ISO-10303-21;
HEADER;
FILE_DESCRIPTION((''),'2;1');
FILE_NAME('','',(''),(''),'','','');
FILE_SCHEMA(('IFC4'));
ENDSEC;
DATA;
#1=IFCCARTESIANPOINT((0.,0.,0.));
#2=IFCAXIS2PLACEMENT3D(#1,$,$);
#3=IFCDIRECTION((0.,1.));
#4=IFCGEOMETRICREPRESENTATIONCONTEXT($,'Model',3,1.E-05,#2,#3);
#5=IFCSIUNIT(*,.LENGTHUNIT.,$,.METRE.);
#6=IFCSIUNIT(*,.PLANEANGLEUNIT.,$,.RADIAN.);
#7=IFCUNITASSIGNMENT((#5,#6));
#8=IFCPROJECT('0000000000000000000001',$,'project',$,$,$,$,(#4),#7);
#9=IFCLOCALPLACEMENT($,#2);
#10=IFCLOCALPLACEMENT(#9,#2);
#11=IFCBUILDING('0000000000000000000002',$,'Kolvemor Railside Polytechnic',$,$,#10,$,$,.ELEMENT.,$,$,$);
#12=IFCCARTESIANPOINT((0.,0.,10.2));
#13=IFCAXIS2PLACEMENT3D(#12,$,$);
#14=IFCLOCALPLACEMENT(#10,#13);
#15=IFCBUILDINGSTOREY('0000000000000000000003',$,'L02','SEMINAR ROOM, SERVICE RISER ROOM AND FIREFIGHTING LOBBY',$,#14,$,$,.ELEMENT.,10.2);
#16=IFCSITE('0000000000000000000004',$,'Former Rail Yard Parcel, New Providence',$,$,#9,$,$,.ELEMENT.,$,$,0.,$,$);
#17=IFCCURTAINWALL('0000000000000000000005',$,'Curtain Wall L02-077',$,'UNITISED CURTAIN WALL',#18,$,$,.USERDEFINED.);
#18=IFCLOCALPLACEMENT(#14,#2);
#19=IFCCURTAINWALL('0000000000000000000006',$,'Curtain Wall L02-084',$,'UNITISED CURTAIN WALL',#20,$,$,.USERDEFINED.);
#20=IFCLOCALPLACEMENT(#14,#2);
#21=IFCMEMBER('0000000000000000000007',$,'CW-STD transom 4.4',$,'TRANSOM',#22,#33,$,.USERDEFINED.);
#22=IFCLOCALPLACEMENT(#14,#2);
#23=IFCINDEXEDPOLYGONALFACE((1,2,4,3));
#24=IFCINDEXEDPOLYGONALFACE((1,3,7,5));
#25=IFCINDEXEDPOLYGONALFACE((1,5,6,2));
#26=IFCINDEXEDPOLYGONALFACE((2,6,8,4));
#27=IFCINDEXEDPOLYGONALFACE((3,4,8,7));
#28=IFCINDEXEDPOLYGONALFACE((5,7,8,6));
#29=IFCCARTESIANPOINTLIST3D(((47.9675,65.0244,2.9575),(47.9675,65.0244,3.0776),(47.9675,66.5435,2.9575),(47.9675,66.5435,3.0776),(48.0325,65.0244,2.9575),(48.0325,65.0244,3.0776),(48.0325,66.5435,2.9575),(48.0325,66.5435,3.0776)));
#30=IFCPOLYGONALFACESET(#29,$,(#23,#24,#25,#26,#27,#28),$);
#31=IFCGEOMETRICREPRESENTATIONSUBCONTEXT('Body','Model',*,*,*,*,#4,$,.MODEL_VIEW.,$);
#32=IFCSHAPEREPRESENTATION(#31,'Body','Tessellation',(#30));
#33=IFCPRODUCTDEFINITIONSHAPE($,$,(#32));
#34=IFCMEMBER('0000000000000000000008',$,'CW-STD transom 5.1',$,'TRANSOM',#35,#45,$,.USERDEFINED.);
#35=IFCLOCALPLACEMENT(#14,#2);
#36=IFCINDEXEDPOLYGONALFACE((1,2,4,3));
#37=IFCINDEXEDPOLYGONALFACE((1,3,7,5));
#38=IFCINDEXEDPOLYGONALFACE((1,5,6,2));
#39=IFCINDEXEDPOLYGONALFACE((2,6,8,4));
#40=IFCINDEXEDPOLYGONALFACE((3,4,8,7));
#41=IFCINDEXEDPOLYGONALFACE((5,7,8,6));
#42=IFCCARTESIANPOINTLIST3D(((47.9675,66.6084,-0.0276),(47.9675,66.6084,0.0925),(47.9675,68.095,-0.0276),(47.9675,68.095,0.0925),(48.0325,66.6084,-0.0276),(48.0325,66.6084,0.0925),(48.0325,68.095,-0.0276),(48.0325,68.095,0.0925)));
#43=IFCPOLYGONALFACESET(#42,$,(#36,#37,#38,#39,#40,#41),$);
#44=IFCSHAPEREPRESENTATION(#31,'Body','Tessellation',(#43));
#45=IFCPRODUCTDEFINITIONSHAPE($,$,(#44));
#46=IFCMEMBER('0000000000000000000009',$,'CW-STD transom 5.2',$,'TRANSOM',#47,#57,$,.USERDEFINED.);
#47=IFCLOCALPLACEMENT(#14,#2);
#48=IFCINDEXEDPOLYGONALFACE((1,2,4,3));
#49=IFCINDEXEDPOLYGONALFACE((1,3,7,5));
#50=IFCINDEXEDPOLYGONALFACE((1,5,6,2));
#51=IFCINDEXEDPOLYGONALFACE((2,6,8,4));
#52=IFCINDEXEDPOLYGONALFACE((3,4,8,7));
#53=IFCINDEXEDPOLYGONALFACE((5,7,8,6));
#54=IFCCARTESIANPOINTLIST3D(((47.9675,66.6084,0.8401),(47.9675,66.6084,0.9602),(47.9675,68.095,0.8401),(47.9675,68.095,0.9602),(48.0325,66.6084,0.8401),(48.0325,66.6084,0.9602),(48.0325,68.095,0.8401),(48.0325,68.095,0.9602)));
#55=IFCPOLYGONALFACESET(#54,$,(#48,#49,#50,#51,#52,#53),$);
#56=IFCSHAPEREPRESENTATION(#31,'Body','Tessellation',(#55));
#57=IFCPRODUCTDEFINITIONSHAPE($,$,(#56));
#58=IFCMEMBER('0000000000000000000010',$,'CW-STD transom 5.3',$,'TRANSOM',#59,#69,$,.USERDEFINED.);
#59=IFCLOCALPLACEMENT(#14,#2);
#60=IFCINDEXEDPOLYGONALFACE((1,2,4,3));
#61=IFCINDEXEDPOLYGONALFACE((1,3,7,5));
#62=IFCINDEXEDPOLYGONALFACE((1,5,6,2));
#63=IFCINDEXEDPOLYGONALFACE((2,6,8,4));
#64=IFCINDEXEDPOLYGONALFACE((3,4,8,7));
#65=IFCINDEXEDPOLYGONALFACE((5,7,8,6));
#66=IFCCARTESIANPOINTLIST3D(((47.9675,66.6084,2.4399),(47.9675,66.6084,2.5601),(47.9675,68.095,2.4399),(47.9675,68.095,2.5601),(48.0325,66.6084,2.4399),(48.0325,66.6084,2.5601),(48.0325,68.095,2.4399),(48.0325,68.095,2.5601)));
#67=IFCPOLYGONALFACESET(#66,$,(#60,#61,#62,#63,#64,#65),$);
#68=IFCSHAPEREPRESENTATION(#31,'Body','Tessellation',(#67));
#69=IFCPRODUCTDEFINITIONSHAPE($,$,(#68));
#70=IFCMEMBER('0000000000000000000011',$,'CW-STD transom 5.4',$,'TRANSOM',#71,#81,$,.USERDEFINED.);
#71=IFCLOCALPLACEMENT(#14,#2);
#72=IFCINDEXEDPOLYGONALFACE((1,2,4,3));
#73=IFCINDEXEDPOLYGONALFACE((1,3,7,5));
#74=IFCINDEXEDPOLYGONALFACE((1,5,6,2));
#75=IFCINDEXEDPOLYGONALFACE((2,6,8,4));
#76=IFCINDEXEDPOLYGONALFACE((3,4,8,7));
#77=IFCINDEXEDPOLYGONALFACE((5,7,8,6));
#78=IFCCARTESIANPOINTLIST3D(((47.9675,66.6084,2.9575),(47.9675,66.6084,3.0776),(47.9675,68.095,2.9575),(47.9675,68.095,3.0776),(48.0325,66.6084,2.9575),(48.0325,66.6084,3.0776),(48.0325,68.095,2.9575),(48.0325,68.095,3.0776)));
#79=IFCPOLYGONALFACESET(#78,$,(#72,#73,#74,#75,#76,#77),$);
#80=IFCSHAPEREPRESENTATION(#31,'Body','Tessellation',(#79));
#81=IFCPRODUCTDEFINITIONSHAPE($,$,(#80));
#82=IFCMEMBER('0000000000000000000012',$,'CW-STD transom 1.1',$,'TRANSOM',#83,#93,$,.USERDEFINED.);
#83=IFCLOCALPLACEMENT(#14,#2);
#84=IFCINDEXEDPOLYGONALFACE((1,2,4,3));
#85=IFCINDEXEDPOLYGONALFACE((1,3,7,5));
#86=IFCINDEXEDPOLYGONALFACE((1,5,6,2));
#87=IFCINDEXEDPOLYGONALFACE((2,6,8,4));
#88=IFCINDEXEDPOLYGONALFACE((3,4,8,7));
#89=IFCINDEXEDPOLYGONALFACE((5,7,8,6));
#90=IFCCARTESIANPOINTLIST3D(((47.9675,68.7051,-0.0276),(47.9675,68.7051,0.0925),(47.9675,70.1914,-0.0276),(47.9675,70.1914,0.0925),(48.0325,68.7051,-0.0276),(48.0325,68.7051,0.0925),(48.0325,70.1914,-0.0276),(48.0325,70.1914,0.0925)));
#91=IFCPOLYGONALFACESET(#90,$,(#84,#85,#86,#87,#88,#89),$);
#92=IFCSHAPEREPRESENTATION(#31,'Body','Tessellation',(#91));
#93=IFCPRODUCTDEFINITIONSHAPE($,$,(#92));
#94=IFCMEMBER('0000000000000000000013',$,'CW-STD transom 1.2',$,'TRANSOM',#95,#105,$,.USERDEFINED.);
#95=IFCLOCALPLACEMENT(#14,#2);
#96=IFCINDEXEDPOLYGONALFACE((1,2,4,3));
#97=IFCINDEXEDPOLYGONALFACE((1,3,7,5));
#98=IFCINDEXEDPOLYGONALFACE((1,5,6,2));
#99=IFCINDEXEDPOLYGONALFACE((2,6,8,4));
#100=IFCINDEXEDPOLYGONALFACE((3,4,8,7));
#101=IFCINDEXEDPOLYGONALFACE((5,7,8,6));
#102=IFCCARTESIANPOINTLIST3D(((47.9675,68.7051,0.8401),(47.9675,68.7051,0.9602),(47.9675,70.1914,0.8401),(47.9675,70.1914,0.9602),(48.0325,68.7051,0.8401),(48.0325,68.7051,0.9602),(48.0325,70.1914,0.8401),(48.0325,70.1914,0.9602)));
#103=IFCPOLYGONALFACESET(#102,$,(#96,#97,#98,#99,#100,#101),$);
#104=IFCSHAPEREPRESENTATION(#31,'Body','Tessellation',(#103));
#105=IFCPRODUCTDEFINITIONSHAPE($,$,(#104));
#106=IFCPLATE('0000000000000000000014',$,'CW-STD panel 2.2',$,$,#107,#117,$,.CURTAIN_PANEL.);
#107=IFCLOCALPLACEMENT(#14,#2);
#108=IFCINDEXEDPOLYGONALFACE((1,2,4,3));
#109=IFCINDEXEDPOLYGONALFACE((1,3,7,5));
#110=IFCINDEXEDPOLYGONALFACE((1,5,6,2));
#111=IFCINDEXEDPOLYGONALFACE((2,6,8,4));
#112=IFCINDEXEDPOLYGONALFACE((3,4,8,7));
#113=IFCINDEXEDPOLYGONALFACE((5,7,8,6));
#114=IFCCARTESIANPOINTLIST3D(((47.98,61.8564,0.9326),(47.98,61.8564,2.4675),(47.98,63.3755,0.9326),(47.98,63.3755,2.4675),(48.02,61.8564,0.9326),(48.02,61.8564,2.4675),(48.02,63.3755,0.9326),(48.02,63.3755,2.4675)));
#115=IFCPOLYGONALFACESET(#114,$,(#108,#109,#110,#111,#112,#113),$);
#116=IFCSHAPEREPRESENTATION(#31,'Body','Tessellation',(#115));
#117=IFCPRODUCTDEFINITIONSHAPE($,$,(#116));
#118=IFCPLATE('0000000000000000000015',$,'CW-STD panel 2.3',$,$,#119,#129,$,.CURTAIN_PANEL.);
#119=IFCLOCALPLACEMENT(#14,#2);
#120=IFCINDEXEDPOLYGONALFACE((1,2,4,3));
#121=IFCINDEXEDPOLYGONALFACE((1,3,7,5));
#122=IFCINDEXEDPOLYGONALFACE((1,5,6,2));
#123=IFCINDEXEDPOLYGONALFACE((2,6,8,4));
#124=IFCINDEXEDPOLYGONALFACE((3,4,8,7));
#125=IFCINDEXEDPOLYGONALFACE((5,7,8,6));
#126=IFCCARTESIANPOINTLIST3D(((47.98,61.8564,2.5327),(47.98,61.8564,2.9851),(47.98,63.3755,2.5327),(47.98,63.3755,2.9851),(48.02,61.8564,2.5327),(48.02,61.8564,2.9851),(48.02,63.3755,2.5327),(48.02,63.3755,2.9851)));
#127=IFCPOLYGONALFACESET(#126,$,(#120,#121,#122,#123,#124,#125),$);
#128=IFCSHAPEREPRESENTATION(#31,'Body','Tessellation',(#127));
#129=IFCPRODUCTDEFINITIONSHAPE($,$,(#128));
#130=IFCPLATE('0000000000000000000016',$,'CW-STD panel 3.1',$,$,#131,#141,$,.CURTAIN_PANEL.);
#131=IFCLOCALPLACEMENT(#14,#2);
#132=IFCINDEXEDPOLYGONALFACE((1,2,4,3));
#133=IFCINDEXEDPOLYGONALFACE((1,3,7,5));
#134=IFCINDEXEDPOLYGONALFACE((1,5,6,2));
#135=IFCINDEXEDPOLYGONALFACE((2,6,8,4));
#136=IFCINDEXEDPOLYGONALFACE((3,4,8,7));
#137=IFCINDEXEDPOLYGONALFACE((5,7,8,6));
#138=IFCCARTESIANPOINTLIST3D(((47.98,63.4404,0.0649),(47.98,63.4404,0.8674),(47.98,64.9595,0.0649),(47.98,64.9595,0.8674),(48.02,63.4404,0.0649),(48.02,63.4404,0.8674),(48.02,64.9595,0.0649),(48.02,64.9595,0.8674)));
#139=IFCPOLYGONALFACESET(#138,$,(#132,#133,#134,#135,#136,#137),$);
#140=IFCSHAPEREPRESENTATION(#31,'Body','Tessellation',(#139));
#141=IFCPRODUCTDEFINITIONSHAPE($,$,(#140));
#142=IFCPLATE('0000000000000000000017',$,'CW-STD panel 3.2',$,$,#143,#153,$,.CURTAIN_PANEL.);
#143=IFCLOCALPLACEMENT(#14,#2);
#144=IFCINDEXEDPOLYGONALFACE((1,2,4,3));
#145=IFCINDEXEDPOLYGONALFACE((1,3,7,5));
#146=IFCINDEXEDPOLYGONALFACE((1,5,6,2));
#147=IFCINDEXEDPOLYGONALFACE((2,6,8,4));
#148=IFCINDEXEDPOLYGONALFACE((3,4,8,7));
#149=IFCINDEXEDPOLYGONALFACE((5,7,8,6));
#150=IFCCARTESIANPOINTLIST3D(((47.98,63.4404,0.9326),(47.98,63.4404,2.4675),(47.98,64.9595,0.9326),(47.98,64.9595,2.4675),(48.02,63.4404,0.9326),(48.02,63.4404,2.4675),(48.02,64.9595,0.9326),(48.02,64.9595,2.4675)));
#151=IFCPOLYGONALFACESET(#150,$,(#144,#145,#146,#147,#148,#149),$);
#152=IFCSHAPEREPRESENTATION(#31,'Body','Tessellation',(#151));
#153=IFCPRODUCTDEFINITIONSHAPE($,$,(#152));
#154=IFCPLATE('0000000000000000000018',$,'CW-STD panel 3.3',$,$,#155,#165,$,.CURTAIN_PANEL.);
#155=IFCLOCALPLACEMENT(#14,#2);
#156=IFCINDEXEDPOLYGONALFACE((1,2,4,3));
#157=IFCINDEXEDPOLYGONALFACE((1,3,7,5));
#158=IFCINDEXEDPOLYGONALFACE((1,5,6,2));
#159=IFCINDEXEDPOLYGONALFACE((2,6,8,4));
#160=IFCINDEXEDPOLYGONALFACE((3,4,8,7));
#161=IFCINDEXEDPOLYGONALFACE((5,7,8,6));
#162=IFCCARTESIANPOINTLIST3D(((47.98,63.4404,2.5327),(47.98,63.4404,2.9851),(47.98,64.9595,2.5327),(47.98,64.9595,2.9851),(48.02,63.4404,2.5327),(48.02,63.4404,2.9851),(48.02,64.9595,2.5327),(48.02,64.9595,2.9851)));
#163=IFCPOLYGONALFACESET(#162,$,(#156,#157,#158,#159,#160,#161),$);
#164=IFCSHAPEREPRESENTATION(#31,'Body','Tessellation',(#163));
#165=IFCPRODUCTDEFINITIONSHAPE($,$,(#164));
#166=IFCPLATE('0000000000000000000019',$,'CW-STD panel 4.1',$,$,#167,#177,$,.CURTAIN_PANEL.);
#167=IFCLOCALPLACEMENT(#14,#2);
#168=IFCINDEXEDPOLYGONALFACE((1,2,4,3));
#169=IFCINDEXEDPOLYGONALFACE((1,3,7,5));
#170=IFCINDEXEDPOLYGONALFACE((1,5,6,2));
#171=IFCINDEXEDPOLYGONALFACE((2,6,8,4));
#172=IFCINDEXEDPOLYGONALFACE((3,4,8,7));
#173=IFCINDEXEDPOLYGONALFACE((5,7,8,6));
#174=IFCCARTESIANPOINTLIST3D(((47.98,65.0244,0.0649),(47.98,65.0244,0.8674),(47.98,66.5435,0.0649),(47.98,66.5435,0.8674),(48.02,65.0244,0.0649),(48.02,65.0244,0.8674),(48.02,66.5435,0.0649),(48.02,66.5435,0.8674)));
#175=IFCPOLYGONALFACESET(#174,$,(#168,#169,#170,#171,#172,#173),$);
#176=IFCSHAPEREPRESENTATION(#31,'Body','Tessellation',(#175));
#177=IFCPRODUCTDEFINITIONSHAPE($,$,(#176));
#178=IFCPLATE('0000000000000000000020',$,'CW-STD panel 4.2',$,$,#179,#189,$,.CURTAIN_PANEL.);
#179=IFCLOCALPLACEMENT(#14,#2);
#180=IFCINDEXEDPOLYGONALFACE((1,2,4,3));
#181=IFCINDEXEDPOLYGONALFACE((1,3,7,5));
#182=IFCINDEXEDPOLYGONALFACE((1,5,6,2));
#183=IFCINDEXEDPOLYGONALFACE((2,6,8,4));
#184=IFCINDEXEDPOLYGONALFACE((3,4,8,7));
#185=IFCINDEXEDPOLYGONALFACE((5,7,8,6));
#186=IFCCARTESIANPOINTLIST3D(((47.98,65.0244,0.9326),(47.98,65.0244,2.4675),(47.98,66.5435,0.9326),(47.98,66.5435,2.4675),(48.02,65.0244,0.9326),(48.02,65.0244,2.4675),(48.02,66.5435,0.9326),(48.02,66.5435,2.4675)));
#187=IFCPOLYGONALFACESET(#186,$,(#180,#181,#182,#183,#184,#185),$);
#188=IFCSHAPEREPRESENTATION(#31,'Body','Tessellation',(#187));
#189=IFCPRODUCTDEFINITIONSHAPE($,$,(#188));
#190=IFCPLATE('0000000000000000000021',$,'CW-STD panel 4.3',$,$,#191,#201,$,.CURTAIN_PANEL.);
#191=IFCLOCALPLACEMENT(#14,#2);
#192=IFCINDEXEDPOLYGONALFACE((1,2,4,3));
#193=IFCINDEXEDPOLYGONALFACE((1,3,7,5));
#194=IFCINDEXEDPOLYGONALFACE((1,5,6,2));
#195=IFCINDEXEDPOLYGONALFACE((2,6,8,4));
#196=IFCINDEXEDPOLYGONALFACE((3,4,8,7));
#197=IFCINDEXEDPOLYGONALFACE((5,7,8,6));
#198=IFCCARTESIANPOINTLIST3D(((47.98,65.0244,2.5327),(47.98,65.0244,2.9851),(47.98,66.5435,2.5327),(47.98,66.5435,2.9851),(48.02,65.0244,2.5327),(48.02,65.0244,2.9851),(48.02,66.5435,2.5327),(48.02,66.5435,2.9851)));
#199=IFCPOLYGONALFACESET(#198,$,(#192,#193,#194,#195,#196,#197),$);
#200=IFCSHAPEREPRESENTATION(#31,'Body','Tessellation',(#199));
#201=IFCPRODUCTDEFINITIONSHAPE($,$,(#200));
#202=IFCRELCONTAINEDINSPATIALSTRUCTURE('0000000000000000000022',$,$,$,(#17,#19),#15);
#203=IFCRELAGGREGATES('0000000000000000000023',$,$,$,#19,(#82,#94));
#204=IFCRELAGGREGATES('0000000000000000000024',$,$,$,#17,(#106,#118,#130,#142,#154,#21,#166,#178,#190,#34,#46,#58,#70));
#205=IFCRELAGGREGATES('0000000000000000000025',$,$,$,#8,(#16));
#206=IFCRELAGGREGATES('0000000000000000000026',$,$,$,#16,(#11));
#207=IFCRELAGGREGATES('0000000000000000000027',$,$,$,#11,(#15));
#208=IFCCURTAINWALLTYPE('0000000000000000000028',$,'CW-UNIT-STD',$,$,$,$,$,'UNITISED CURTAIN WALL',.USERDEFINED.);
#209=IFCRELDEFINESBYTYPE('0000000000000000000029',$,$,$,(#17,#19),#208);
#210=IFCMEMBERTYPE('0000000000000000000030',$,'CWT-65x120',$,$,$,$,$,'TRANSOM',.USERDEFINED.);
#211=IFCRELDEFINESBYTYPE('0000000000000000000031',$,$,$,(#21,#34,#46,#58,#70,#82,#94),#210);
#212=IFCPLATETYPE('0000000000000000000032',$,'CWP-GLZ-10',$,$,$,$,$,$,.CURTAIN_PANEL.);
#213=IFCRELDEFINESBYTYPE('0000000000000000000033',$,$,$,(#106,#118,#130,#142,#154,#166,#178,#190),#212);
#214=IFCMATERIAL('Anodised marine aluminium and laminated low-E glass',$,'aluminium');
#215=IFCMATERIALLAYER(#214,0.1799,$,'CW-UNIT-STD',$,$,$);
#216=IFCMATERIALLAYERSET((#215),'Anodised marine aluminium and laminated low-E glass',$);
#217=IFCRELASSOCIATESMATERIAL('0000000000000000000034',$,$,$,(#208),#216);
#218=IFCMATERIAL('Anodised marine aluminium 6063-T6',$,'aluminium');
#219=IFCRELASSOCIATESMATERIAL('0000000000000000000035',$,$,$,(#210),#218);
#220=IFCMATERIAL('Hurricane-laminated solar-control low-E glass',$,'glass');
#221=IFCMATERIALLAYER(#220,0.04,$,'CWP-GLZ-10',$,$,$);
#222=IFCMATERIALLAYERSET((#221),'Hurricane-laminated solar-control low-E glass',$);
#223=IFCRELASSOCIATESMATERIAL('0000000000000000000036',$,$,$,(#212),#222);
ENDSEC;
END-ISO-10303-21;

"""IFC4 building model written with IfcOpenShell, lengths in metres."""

from ifc_helpers import new_model, si_unit, direction, frame, origin, origin_2d, place, context, subcontext, project, spatial, rectangle, extrude, material, layer, layer_set, material_profile, profile_set, type_object, element, aggregate, save


model = new_model("IFC4")

# Units and contexts
model_context = context("Model", 3, precision=1e-05, world=origin(), true_north=direction((0.0, 1.0)))
body_context = subcontext(model_context, "Body", "Model", "MODEL_VIEW")
ifc_project = project(units=[si_unit("LENGTHUNIT", "METRE"), si_unit("PLANEANGLEUNIT", "RADIAN")], contexts=[model_context])

# Site, building, storey
site_placement = place(None, origin())
site = spatial("IfcSite", under=ifc_project, at=site_placement, Name="Former Rail Yard Parcel, New Providence", CompositionType="ELEMENT", RefElevation=0.0)
building_placement = place(site_placement, origin())
building = spatial("IfcBuilding", under=site, at=building_placement, Name="Kolvemor Railside Polytechnic", CompositionType="ELEMENT")
storey_placement = place(building_placement, frame((0.0, 0.0, 10.2)))
storey = spatial("IfcBuildingStorey", under=building, at=storey_placement, Name="L02", Description="SEMINAR ROOM, SERVICE RISER ROOM AND FIREFIGHTING LOBBY", CompositionType="ELEMENT", Elevation=10.2)

# Curtain wall
ifc_material_1 = material(Name="Anodised marine aluminium and laminated low-E glass", Category="aluminium")
ifc_layer_1 = layer(ifc_material_1, 0.1799, Name="CW-UNIT-STD")
ifc_layer_set_1 = layer_set([ifc_layer_1], Name="Anodised marine aluminium and laminated low-E glass")
curtain_wall_type = type_object("IfcCurtainWallType", Name="CW-UNIT-STD", ElementType="UNITISED CURTAIN WALL", PredefinedType="USERDEFINED", material=ifc_layer_set_1)
curtain_wall_1_placement = place(storey_placement, origin())
curtain_wall_1 = element("IfcCurtainWall", 1, at=curtain_wall_1_placement, inside=storey, type_object=curtain_wall_type, Name="Curtain Wall L02-077", ObjectType="UNITISED CURTAIN WALL", PredefinedType="USERDEFINED")

# Curtain wall
curtain_wall_2_placement = place(storey_placement, origin())
curtain_wall_2 = element("IfcCurtainWall", 2, at=curtain_wall_2_placement, inside=storey, type_object=curtain_wall_type, Name="Curtain Wall L02-084", ObjectType="UNITISED CURTAIN WALL", PredefinedType="USERDEFINED")

# Members
ifc_material_2 = material(Name="Anodised marine aluminium 6063-T6", Category="aluminium")
ifc_material_profile_1 = material_profile(ifc_material_2, rectangle(XDim=0.0649, YDim=0.1201, at=origin_2d()), Name="CW-TRN-65x120")
ifc_profile_set_1 = profile_set([ifc_material_profile_1], Name="Anodised marine aluminium 6063-T6")
member_type_1 = type_object("IfcMemberType", Name="CWT-65x120", ElementType="TRANSOM", PredefinedType="USERDEFINED", material=ifc_profile_set_1)
member_1_placement = place(storey_placement, frame((48.0, 65.0244, 3.0176), z_axis=(0.0, 1.0, 0.0), x_axis=(-1.0, 0.0, 0.0)))
member_1 = element("IfcMember", 3, at=member_1_placement, type_object=member_type_1, Name="CW-STD transom 4.4", ObjectType="TRANSOM", PredefinedType="USERDEFINED", context=body_context, shape_type="SweptSolid", body=[
    extrude(rectangle(XDim=0.0649, YDim=0.1201, at=origin_2d()), origin(), (0.0, 0.0, 1.0), 1.519),
])
member_2_placement = place(storey_placement, frame((48.0, 66.6084, 0.0325), z_axis=(0.0, 1.0, 0.0), x_axis=(-1.0, 0.0, 0.0)))
member_2 = element("IfcMember", 4, at=member_2_placement, type_object=member_type_1, Name="CW-STD transom 5.1", ObjectType="TRANSOM", PredefinedType="USERDEFINED", context=body_context, shape_type="SweptSolid", body=[
    extrude(rectangle(XDim=0.0649, YDim=0.1201, at=origin_2d()), origin(), (0.0, 0.0, 1.0), 1.4866),
])
member_3_placement = place(storey_placement, frame((48.0, 66.6084, 0.9001), z_axis=(0.0, 1.0, 0.0), x_axis=(-1.0, 0.0, 0.0)))
member_3 = element("IfcMember", 5, at=member_3_placement, type_object=member_type_1, Name="CW-STD transom 5.2", ObjectType="TRANSOM", PredefinedType="USERDEFINED", context=body_context, shape_type="SweptSolid", body=[
    extrude(rectangle(XDim=0.0649, YDim=0.1201, at=origin_2d()), origin(), (0.0, 0.0, 1.0), 1.4866),
])
member_4_placement = place(storey_placement, frame((48.0, 66.6084, 2.5), z_axis=(0.0, 1.0, 0.0), x_axis=(-1.0, 0.0, 0.0)))
member_4 = element("IfcMember", 6, at=member_4_placement, type_object=member_type_1, Name="CW-STD transom 5.3", ObjectType="TRANSOM", PredefinedType="USERDEFINED", context=body_context, shape_type="SweptSolid", body=[
    extrude(rectangle(XDim=0.0649, YDim=0.1201, at=origin_2d()), origin(), (0.0, 0.0, 1.0), 1.4866),
])
member_5_placement = place(storey_placement, frame((48.0, 66.6084, 3.0176), z_axis=(0.0, 1.0, 0.0), x_axis=(-1.0, 0.0, 0.0)))
member_5 = element("IfcMember", 7, at=member_5_placement, type_object=member_type_1, Name="CW-STD transom 5.4", ObjectType="TRANSOM", PredefinedType="USERDEFINED", context=body_context, shape_type="SweptSolid", body=[
    extrude(rectangle(XDim=0.0649, YDim=0.1201, at=origin_2d()), origin(), (0.0, 0.0, 1.0), 1.4866),
])
member_6_placement = place(storey_placement, frame((48.0, 68.7051, 0.0325), z_axis=(0.0, 1.0, 0.0), x_axis=(-1.0, 0.0, 0.0)))
member_6 = element("IfcMember", 8, at=member_6_placement, type_object=member_type_1, Name="CW-STD transom 1.1", ObjectType="TRANSOM", PredefinedType="USERDEFINED", context=body_context, shape_type="SweptSolid", body=[
    extrude(rectangle(XDim=0.0649, YDim=0.1201, at=origin_2d()), origin(), (0.0, 0.0, 1.0), 1.4863),
])
member_7_placement = place(storey_placement, frame((48.0, 68.7051, 0.9001), z_axis=(0.0, 1.0, 0.0), x_axis=(-1.0, 0.0, 0.0)))
member_7 = element("IfcMember", 9, at=member_7_placement, type_object=member_type_1, Name="CW-STD transom 1.2", ObjectType="TRANSOM", PredefinedType="USERDEFINED", context=body_context, shape_type="SweptSolid", body=[
    extrude(rectangle(XDim=0.0649, YDim=0.1201, at=origin_2d()), origin(), (0.0, 0.0, 1.0), 1.4863),
])
aggregate(curtain_wall_2, [member_6, member_7])

# Plates
ifc_material_3 = material(Name="Hurricane-laminated solar-control low-E glass", Category="glass")
ifc_layer_2 = layer(ifc_material_3, 0.04, Name="CWP-GLZ-10")
ifc_layer_set_2 = layer_set([ifc_layer_2], Name="Hurricane-laminated solar-control low-E glass")
plate_type = type_object("IfcPlateType", Name="CWP-GLZ-10", PredefinedType="CURTAIN_PANEL", material=ifc_layer_set_2)
plate_1_placement = place(storey_placement, frame((48.0, 62.616, 0.9326), z_axis=(0.0, 0.0, 1.0), x_axis=(0.0, 1.0, 0.0)))
plate_1 = element("IfcPlate", 10, at=plate_1_placement, type_object=plate_type, Name="CW-STD panel 2.2", PredefinedType="CURTAIN_PANEL", context=body_context, shape_type="SweptSolid", body=[
    extrude(rectangle(XDim=1.519, YDim=0.04, at=origin_2d()), origin(), (0.0, 0.0, 1.0), 1.5349),
])
plate_2_placement = place(storey_placement, frame((48.0, 62.616, 2.5327), z_axis=(0.0, 0.0, 1.0), x_axis=(0.0, 1.0, 0.0)))
plate_2 = element("IfcPlate", 11, at=plate_2_placement, type_object=plate_type, Name="CW-STD panel 2.3", PredefinedType="CURTAIN_PANEL", context=body_context, shape_type="SweptSolid", body=[
    extrude(rectangle(XDim=1.519, YDim=0.04, at=origin_2d()), origin(), (0.0, 0.0, 1.0), 0.4524),
])
plate_3_placement = place(storey_placement, frame((48.0, 64.2, 0.0649), z_axis=(0.0, 0.0, 1.0), x_axis=(0.0, 1.0, 0.0)))
plate_3 = element("IfcPlate", 12, at=plate_3_placement, type_object=plate_type, Name="CW-STD panel 3.1", PredefinedType="CURTAIN_PANEL", context=body_context, shape_type="SweptSolid", body=[
    extrude(rectangle(XDim=1.519, YDim=0.04, at=origin_2d()), origin(), (0.0, 0.0, 1.0), 0.8025),
])
plate_4_placement = place(storey_placement, frame((48.0, 64.2, 0.9326), z_axis=(0.0, 0.0, 1.0), x_axis=(0.0, 1.0, 0.0)))
plate_4 = element("IfcPlate", 13, at=plate_4_placement, type_object=plate_type, Name="CW-STD panel 3.2", PredefinedType="CURTAIN_PANEL", context=body_context, shape_type="SweptSolid", body=[
    extrude(rectangle(XDim=1.519, YDim=0.04, at=origin_2d()), origin(), (0.0, 0.0, 1.0), 1.5349),
])
plate_5_placement = place(storey_placement, frame((48.0, 64.2, 2.5327), z_axis=(0.0, 0.0, 1.0), x_axis=(0.0, 1.0, 0.0)))
plate_5 = element("IfcPlate", 14, at=plate_5_placement, type_object=plate_type, Name="CW-STD panel 3.3", PredefinedType="CURTAIN_PANEL", context=body_context, shape_type="SweptSolid", body=[
    extrude(rectangle(XDim=1.519, YDim=0.04, at=origin_2d()), origin(), (0.0, 0.0, 1.0), 0.4524),
])
plate_6_placement = place(storey_placement, frame((48.0, 65.7839, 0.0649), z_axis=(0.0, 0.0, 1.0), x_axis=(0.0, 1.0, 0.0)))
plate_6 = element("IfcPlate", 15, at=plate_6_placement, type_object=plate_type, Name="CW-STD panel 4.1", PredefinedType="CURTAIN_PANEL", context=body_context, shape_type="SweptSolid", body=[
    extrude(rectangle(XDim=1.519, YDim=0.04, at=origin_2d()), origin(), (0.0, 0.0, 1.0), 0.8025),
])
plate_7_placement = place(storey_placement, frame((48.0, 65.7839, 0.9326), z_axis=(0.0, 0.0, 1.0), x_axis=(0.0, 1.0, 0.0)))
plate_7 = element("IfcPlate", 16, at=plate_7_placement, type_object=plate_type, Name="CW-STD panel 4.2", PredefinedType="CURTAIN_PANEL", context=body_context, shape_type="SweptSolid", body=[
    extrude(rectangle(XDim=1.519, YDim=0.04, at=origin_2d()), origin(), (0.0, 0.0, 1.0), 1.5349),
])
plate_8_placement = place(storey_placement, frame((48.0, 65.7839, 2.5327), z_axis=(0.0, 0.0, 1.0), x_axis=(0.0, 1.0, 0.0)))
plate_8 = element("IfcPlate", 17, at=plate_8_placement, type_object=plate_type, Name="CW-STD panel 4.3", PredefinedType="CURTAIN_PANEL", context=body_context, shape_type="SweptSolid", body=[
    extrude(rectangle(XDim=1.519, YDim=0.04, at=origin_2d()), origin(), (0.0, 0.0, 1.0), 0.4524),
])
aggregate(curtain_wall_1, [plate_1, plate_2, plate_3, plate_4, plate_5, member_1, plate_6, plate_7, plate_8, member_2, member_3, member_4, member_5])

save(model, "model.ifc")
